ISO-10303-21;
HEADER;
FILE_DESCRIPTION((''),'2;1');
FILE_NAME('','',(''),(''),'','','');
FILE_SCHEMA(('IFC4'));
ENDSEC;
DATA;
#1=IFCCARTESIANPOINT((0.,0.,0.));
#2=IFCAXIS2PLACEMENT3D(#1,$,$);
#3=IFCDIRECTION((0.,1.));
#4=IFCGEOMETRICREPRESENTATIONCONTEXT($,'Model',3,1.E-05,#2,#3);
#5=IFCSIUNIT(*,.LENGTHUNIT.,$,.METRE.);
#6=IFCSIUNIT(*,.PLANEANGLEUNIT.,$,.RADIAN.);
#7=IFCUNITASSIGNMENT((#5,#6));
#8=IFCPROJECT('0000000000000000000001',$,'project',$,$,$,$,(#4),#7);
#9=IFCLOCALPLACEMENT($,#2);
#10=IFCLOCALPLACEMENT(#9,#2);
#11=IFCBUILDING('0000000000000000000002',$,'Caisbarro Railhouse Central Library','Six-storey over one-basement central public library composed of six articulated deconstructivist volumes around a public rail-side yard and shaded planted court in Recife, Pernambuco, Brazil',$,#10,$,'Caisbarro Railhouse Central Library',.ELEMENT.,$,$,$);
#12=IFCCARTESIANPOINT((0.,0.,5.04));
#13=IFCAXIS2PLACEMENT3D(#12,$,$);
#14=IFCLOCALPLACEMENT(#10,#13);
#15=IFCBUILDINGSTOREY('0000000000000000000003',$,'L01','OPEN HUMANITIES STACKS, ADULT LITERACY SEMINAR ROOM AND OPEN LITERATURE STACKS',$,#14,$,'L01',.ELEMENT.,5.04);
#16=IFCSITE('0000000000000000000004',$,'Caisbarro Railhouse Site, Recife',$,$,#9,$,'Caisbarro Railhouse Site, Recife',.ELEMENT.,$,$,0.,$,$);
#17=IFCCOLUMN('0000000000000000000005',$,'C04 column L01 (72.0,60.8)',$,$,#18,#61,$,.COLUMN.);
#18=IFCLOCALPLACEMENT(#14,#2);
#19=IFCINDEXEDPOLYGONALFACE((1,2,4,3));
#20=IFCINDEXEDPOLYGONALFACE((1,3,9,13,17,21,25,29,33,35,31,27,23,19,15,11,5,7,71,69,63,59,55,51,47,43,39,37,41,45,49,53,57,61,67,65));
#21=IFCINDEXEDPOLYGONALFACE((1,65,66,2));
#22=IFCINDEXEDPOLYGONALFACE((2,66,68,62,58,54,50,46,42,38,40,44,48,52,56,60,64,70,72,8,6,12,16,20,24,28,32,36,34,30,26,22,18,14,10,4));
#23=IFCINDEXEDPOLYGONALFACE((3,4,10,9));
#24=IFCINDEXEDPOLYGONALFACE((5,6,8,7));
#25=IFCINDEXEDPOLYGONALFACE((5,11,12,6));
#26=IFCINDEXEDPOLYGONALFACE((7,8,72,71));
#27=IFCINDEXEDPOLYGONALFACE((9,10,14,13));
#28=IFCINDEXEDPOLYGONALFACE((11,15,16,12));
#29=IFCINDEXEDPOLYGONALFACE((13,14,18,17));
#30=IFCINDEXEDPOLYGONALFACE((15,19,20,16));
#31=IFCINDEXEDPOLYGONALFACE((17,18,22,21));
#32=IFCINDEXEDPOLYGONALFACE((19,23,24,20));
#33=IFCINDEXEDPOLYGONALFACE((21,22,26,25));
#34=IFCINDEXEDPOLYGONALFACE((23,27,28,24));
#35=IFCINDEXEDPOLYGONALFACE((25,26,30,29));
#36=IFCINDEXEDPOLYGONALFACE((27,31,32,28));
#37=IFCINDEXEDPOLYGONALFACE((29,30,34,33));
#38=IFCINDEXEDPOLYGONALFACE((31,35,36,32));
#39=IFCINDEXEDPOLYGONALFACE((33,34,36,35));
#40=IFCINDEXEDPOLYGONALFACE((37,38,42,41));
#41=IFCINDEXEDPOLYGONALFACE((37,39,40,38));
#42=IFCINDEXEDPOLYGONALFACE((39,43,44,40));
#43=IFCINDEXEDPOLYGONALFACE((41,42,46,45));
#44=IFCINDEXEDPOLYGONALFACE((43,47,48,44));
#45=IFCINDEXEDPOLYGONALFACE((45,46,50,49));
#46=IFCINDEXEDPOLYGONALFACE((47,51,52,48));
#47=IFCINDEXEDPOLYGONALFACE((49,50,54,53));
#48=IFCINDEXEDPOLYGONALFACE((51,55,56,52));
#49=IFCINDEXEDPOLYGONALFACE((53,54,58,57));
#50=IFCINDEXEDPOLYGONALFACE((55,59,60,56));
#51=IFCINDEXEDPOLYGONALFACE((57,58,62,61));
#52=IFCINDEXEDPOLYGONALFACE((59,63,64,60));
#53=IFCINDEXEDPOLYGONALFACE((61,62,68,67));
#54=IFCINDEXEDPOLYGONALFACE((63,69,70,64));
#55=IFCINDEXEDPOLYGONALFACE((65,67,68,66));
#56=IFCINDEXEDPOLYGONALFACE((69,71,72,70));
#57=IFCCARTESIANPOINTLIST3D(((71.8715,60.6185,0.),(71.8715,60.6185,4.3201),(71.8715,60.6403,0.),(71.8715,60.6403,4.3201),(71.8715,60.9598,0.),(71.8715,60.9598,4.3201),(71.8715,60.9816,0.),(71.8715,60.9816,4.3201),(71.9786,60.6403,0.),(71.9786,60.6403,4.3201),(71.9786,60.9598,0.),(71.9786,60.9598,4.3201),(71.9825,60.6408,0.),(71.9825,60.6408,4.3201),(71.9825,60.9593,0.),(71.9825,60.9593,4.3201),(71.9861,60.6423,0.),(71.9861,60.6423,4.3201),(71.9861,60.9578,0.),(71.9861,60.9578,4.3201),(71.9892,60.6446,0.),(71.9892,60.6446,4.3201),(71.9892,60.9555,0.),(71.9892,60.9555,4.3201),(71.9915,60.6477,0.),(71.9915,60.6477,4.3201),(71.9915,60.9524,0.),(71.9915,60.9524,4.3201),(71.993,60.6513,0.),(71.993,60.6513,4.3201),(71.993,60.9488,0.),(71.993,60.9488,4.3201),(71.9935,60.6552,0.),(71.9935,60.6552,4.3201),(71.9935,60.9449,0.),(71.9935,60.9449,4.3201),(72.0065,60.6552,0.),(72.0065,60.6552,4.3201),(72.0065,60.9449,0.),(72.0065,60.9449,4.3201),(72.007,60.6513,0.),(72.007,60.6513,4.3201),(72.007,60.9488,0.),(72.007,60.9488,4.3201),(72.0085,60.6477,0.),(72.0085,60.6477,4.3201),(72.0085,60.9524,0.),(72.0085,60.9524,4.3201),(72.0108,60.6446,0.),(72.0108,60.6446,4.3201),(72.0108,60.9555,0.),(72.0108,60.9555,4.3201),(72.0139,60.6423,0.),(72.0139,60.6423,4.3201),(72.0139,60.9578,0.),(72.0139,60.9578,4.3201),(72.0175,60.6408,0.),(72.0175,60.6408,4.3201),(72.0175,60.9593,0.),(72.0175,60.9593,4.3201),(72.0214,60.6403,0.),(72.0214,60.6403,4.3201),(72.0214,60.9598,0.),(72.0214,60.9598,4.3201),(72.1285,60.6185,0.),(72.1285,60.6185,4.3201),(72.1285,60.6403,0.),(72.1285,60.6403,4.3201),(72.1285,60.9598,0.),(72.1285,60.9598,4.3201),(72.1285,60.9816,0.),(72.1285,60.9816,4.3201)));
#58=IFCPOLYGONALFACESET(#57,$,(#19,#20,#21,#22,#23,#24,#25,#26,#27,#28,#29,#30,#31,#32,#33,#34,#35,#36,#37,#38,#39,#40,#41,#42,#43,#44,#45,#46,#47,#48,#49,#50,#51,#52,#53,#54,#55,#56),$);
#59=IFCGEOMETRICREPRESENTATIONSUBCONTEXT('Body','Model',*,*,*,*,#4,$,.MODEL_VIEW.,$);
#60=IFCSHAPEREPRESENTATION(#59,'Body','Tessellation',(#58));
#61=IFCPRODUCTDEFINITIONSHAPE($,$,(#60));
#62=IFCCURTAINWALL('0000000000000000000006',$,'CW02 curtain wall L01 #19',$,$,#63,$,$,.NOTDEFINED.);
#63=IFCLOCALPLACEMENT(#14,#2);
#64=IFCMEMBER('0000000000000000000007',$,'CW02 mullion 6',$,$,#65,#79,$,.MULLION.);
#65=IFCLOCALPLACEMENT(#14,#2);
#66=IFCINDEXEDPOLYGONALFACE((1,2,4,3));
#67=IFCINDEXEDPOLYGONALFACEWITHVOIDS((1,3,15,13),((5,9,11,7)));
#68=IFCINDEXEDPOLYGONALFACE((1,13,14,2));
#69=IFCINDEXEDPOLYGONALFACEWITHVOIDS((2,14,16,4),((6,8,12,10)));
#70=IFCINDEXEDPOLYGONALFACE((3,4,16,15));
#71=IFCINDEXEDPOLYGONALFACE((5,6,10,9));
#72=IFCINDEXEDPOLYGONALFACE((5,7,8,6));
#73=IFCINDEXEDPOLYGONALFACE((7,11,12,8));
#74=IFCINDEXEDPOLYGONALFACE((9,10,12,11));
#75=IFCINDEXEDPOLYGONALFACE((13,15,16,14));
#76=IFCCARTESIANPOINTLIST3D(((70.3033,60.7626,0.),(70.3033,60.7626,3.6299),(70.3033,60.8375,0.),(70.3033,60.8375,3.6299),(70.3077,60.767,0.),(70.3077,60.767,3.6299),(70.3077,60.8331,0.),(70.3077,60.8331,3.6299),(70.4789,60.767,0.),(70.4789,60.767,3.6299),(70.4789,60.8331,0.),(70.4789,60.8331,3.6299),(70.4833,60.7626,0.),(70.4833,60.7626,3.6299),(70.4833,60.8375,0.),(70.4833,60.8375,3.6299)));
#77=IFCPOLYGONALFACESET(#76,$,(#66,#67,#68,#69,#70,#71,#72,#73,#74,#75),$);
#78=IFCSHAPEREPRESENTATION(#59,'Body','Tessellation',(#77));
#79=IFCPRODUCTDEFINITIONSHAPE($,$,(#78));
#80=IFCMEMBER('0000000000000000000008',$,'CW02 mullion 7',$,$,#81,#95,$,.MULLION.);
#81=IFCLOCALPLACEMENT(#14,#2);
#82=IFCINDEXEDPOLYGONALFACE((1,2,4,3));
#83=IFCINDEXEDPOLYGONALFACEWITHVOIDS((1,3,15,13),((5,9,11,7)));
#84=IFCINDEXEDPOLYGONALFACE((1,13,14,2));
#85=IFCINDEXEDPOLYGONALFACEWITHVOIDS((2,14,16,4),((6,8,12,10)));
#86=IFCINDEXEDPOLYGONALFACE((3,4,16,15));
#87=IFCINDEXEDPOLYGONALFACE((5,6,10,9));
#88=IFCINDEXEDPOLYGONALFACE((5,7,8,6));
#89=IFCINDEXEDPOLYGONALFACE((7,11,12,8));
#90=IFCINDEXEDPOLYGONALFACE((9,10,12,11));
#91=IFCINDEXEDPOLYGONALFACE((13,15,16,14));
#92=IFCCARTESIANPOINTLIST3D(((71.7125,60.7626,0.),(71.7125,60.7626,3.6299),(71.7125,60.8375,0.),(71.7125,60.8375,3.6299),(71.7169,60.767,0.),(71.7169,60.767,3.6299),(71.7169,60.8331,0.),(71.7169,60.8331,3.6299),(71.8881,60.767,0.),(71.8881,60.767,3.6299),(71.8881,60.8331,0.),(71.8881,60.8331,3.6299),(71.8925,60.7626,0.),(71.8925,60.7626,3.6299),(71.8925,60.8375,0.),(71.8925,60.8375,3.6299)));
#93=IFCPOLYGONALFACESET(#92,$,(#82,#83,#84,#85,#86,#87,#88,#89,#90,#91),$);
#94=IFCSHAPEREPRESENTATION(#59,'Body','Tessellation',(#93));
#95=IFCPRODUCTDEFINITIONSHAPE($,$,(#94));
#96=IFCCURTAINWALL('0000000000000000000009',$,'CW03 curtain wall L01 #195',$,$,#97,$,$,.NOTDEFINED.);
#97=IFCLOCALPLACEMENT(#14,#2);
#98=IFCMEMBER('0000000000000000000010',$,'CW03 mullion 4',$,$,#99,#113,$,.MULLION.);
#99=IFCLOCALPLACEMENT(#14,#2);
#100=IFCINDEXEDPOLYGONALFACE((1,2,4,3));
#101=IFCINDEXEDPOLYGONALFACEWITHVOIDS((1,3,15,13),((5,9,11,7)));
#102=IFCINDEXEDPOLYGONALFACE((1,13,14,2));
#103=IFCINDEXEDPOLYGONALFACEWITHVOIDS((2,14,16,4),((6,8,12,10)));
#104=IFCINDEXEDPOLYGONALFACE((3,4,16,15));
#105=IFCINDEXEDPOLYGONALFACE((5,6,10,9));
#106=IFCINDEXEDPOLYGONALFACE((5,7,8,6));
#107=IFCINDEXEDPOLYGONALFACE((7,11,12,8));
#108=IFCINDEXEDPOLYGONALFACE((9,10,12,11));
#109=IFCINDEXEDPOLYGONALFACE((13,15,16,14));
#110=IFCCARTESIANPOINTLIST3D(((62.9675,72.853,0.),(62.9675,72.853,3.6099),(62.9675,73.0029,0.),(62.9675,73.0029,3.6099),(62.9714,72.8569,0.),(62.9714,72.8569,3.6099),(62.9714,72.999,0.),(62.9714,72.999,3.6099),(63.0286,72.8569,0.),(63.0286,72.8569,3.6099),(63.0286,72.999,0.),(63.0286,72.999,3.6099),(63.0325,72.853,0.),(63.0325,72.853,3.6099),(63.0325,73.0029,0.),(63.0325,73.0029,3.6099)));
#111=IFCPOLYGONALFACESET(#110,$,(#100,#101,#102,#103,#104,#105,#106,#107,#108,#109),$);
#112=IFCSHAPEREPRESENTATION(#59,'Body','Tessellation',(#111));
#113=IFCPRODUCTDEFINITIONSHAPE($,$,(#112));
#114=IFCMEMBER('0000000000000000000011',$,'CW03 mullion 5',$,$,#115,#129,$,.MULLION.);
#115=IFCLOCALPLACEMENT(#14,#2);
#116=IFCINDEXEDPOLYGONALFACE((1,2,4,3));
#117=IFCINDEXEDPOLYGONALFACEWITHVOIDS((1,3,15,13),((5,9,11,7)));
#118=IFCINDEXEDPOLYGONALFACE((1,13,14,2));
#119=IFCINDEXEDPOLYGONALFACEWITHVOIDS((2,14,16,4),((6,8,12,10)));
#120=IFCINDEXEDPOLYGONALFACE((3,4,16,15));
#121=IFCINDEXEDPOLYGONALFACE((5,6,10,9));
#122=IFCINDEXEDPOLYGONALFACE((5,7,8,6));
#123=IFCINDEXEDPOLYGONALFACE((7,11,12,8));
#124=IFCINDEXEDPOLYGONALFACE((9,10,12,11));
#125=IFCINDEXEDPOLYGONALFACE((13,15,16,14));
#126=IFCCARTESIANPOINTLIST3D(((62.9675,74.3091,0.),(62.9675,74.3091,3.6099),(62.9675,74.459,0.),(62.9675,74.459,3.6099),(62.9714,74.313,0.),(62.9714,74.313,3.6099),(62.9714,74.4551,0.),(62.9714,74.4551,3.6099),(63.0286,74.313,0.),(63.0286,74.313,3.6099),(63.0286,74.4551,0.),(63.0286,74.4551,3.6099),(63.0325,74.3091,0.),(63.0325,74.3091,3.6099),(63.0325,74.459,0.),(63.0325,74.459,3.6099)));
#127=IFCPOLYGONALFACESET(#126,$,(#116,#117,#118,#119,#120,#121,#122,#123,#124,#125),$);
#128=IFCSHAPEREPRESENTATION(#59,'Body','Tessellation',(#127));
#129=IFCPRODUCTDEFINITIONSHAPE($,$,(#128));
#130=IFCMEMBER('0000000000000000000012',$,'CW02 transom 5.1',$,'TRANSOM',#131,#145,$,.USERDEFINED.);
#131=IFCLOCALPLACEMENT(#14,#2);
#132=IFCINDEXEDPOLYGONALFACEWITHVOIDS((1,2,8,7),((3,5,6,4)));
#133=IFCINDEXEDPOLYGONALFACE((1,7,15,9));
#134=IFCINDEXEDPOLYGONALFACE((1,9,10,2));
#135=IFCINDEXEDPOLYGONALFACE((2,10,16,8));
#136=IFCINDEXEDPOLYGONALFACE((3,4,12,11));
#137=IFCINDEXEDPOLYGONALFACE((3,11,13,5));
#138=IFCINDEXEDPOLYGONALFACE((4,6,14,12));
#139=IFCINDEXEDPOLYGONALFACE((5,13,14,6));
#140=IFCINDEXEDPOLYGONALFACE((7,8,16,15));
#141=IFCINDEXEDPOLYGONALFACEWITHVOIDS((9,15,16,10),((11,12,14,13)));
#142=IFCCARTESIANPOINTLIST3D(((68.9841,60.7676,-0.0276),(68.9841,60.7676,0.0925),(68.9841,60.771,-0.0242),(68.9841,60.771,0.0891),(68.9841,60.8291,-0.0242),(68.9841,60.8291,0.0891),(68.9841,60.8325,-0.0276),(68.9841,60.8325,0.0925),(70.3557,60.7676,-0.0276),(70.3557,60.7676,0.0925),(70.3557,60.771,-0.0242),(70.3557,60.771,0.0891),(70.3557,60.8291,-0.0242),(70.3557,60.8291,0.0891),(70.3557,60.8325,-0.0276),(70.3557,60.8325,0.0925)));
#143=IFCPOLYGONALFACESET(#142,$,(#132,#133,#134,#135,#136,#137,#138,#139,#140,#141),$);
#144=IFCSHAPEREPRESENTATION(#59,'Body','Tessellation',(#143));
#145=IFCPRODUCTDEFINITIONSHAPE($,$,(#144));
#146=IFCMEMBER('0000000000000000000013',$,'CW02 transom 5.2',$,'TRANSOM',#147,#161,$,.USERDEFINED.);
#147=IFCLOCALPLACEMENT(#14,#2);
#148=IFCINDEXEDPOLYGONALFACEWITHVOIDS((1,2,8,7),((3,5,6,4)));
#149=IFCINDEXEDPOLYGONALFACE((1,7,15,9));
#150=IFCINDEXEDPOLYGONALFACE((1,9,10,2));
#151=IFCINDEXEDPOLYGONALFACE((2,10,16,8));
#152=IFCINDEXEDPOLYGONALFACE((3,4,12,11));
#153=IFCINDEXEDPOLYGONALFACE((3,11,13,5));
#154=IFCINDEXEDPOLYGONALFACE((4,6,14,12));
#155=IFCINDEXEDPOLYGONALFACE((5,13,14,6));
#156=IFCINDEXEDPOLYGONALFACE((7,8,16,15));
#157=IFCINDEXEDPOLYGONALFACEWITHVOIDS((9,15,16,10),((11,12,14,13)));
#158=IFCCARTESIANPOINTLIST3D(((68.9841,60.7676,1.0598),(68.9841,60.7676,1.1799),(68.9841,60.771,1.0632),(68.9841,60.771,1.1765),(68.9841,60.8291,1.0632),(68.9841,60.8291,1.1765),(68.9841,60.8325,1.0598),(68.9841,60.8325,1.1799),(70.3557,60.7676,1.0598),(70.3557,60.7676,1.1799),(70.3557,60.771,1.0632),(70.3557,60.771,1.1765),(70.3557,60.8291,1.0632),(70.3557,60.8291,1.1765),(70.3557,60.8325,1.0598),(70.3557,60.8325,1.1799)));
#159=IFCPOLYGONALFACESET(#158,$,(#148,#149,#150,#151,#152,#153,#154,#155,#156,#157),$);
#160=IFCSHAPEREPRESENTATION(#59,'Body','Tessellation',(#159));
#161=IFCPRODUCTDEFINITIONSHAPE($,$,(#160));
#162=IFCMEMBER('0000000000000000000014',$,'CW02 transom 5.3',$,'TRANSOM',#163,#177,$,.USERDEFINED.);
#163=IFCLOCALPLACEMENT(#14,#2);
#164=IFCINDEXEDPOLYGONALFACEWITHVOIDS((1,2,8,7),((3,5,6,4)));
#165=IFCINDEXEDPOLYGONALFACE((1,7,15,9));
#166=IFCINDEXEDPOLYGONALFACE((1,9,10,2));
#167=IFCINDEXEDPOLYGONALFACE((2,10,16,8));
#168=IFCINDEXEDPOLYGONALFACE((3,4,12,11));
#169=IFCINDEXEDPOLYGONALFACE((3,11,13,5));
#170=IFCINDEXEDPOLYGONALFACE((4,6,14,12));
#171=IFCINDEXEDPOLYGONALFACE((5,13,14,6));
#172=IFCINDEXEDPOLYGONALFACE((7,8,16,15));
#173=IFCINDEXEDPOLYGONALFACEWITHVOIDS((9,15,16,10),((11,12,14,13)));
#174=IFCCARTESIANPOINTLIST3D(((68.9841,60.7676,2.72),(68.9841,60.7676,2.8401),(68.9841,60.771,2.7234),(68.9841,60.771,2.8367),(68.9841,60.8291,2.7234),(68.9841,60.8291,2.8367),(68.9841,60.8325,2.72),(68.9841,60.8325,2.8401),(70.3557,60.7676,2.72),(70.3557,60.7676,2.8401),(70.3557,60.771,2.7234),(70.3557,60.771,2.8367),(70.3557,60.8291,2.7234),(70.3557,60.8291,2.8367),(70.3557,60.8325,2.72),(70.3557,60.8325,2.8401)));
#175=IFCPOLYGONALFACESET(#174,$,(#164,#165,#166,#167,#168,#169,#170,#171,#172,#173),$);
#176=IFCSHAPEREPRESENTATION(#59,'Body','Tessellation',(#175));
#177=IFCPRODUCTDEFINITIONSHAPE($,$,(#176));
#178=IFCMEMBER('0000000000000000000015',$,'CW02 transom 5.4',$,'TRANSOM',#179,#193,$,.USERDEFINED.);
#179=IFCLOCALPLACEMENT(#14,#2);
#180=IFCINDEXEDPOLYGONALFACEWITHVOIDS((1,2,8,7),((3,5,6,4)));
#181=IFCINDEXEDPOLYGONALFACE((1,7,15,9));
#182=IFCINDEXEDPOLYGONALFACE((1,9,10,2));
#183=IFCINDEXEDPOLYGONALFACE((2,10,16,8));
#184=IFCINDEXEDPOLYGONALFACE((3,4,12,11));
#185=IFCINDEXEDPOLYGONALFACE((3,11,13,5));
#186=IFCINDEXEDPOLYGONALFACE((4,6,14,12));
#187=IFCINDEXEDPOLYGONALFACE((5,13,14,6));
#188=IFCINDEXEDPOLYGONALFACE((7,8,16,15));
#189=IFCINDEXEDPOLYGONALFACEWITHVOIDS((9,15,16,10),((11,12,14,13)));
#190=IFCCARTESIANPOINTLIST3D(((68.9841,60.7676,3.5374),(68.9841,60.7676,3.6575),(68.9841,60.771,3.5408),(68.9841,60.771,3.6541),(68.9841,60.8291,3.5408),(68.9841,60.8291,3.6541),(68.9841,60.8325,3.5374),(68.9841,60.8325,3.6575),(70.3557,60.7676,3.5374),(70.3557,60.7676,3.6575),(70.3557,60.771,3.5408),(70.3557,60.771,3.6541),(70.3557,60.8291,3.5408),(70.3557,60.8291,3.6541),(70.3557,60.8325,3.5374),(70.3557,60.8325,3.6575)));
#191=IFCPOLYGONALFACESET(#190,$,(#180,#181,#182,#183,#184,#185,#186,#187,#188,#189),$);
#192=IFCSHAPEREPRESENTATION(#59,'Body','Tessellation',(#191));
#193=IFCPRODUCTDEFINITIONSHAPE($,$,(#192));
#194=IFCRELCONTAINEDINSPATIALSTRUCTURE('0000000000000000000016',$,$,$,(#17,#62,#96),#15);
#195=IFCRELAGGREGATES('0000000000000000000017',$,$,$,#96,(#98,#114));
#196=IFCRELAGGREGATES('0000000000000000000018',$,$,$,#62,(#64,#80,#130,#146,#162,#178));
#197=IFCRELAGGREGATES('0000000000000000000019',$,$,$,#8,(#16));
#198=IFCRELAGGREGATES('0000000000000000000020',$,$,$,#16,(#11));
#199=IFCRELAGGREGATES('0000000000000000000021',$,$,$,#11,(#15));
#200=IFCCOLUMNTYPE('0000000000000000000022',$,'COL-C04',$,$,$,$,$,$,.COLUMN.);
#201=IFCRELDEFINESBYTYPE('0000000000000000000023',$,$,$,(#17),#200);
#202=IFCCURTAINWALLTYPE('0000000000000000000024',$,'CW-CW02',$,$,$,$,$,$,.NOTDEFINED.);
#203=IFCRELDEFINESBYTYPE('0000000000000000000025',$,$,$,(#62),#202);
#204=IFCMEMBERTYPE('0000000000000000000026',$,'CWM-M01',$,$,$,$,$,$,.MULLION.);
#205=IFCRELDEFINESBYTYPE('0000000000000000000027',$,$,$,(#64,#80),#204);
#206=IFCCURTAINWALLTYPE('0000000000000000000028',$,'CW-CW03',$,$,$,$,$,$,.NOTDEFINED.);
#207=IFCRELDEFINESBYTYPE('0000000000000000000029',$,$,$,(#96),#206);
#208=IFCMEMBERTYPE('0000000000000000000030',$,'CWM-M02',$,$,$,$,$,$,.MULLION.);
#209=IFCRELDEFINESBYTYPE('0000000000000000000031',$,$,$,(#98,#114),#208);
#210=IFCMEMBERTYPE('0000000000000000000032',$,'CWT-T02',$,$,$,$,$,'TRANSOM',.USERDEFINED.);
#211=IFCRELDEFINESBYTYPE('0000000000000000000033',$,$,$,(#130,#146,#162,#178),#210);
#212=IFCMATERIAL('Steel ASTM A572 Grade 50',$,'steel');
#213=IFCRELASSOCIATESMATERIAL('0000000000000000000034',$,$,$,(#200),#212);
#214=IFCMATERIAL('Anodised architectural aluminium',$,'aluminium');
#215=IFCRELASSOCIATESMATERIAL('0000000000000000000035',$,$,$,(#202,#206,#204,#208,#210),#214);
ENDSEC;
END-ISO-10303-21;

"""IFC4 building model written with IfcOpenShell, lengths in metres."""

from ifc_helpers import new_model, si_unit, direction, frame, origin, origin_2d, place, context, subcontext, project, spatial, hollow_rectangle, i_section, extrude, material, material_profile, profile_set, type_object, element, aggregate, save


model = new_model("IFC4")

# Units and contexts
model_context = context("Model", 3, precision=1e-05, world=origin(), true_north=direction((0.0, 1.0)))
body_context = subcontext(model_context, "Body", "Model", "MODEL_VIEW")
ifc_project = project(units=[si_unit("LENGTHUNIT", "METRE"), si_unit("PLANEANGLEUNIT", "RADIAN")], contexts=[model_context])

# Site, building, storey
site_placement = place(None, origin())
site = spatial("IfcSite", under=ifc_project, at=site_placement, Name="Caisbarro Railhouse Site, Recife", LongName="Caisbarro Railhouse Site, Recife", CompositionType="ELEMENT", RefElevation=0.0)
building_placement = place(site_placement, origin())
building = spatial("IfcBuilding", under=site, at=building_placement, Name="Caisbarro Railhouse Central Library", Description="Six-storey over one-basement central public library composed of six articulated deconstructivist volumes around a public rail-side yard and shaded planted court in Recife, Pernambuco, Brazil", LongName="Caisbarro Railhouse Central Library", CompositionType="ELEMENT")
storey_placement = place(building_placement, frame((0.0, 0.0, 5.04)))
storey = spatial("IfcBuildingStorey", under=building, at=storey_placement, Name="L01", Description="OPEN HUMANITIES STACKS, ADULT LITERACY SEMINAR ROOM AND OPEN LITERATURE STACKS", LongName="L01", CompositionType="ELEMENT", Elevation=5.04)

# Column
ifc_material_1 = material(Name="Steel ASTM A572 Grade 50", Category="steel")
ifc_material_profile_1 = material_profile(ifc_material_1, i_section(OverallWidth=0.2571, OverallDepth=0.363, WebThickness=0.0129, FlangeThickness=0.0217, FilletRadius=0.0149, at=origin_2d()), Name="W360X122.0")
ifc_profile_set_1 = profile_set([ifc_material_profile_1], Name="Steel ASTM A572 Grade 50")
column_type = type_object("IfcColumnType", Name="COL-C04", PredefinedType="COLUMN", material=ifc_profile_set_1)
column_placement = place(storey_placement, frame((72.0, 60.8, 0.0), z_axis=(0.0, 0.0, 1.0), x_axis=(1.0, 0.0, 0.0)))
element("IfcColumn", 1, at=column_placement, inside=storey, type_object=column_type, Name="C04 column L01 (72.0,60.8)", PredefinedType="COLUMN", context=body_context, shape_type="SweptSolid", body=[
    extrude(i_section(OverallWidth=0.2571, OverallDepth=0.363, WebThickness=0.0129, FlangeThickness=0.0217, FilletRadius=0.0149, at=origin_2d()), origin(), (0.0, 0.0, 1.0), 4.3201),
])

# Curtain walls, members
ifc_material_2 = material(Name="Anodised architectural aluminium", Category="aluminium")
curtain_wall_type_1 = type_object("IfcCurtainWallType", Name="CW-CW02", PredefinedType="NOTDEFINED", material=ifc_material_2)
curtain_wall_1_placement = place(storey_placement, origin())
curtain_wall_1 = element("IfcCurtainWall", 2, at=curtain_wall_1_placement, inside=storey, type_object=curtain_wall_type_1, Name="CW02 curtain wall L01 #19", PredefinedType="NOTDEFINED")
ifc_material_profile_2 = material_profile(ifc_material_2, hollow_rectangle(XDim=0.075, YDim=0.1799, WallThickness=0.0044, at=origin_2d()), Name="ALU-MUL-75X180")
ifc_profile_set_2 = profile_set([ifc_material_profile_2], Name="Anodised architectural aluminium")
member_type_1 = type_object("IfcMemberType", Name="CWM-M01", PredefinedType="MULLION", material=ifc_profile_set_2)
member_1_placement = place(storey_placement, frame((70.3933, 60.8, 0.0), z_axis=(0.0, 0.0, 1.0), x_axis=(0.0, 1.0, 0.0)))
member_1 = element("IfcMember", 3, at=member_1_placement, type_object=member_type_1, Name="CW02 mullion 6", PredefinedType="MULLION", context=body_context, shape_type="SweptSolid", body=[
    extrude(hollow_rectangle(XDim=0.075, YDim=0.1799, WallThickness=0.0044, at=origin_2d()), origin(), (0.0, 0.0, 1.0), 3.6299),
])
member_2_placement = place(storey_placement, frame((71.8025, 60.8, 0.0), z_axis=(0.0, 0.0, 1.0), x_axis=(0.0, 1.0, 0.0)))
member_2 = element("IfcMember", 4, at=member_2_placement, type_object=member_type_1, Name="CW02 mullion 7", PredefinedType="MULLION", context=body_context, shape_type="SweptSolid", body=[
    extrude(hollow_rectangle(XDim=0.075, YDim=0.1799, WallThickness=0.0044, at=origin_2d()), origin(), (0.0, 0.0, 1.0), 3.6299),
])
curtain_wall_type_2 = type_object("IfcCurtainWallType", Name="CW-CW03", PredefinedType="NOTDEFINED", material=ifc_material_2)
curtain_wall_2_placement = place(storey_placement, origin())
curtain_wall_2 = element("IfcCurtainWall", 5, at=curtain_wall_2_placement, inside=storey, type_object=curtain_wall_type_2, Name="CW03 curtain wall L01 #195", PredefinedType="NOTDEFINED")
ifc_material_profile_3 = material_profile(ifc_material_2, hollow_rectangle(XDim=0.0649, YDim=0.1499, WallThickness=0.0039, at=origin_2d()), Name="ALU-MUL-65X150")
ifc_profile_set_3 = profile_set([ifc_material_profile_3], Name="Anodised architectural aluminium")
member_type_2 = type_object("IfcMemberType", Name="CWM-M02", PredefinedType="MULLION", material=ifc_profile_set_3)
member_3_placement = place(storey_placement, frame((63.0, 72.928, 0.0), z_axis=(0.0, 0.0, 1.0), x_axis=(-1.0, 0.0, 0.0)))
member_3 = element("IfcMember", 6, at=member_3_placement, type_object=member_type_2, Name="CW03 mullion 4", PredefinedType="MULLION", context=body_context, shape_type="SweptSolid", body=[
    extrude(hollow_rectangle(XDim=0.0649, YDim=0.1499, WallThickness=0.0039, at=origin_2d()), origin(), (0.0, 0.0, 1.0), 3.6099),
])
member_4_placement = place(storey_placement, frame((63.0, 74.384, 0.0), z_axis=(0.0, 0.0, 1.0), x_axis=(-1.0, 0.0, 0.0)))
member_4 = element("IfcMember", 7, at=member_4_placement, type_object=member_type_2, Name="CW03 mullion 5", PredefinedType="MULLION", context=body_context, shape_type="SweptSolid", body=[
    extrude(hollow_rectangle(XDim=0.0649, YDim=0.1499, WallThickness=0.0039, at=origin_2d()), origin(), (0.0, 0.0, 1.0), 3.6099),
])

# Members
ifc_material_profile_4 = material_profile(ifc_material_2, hollow_rectangle(XDim=0.0649, YDim=0.1201, WallThickness=0.0034, at=origin_2d()), Name="ALU-TRN-65X120")
ifc_profile_set_4 = profile_set([ifc_material_profile_4], Name="Anodised architectural aluminium")
member_type_3 = type_object("IfcMemberType", Name="CWT-T02", ElementType="TRANSOM", PredefinedType="USERDEFINED", material=ifc_profile_set_4)
member_5_placement = place(storey_placement, frame((68.9841, 60.8, 0.0325), z_axis=(1.0, 0.0, 0.0), x_axis=(0.0, 1.0, 0.0)))
member_5 = element("IfcMember", 8, at=member_5_placement, type_object=member_type_3, Name="CW02 transom 5.1", ObjectType="TRANSOM", PredefinedType="USERDEFINED", context=body_context, shape_type="SweptSolid", body=[
    extrude(hollow_rectangle(XDim=0.0649, YDim=0.1201, WallThickness=0.0034, at=origin_2d()), origin(), (0.0, 0.0, 1.0), 1.3716),
])
member_6_placement = place(storey_placement, frame((68.9841, 60.8, 1.1199), z_axis=(1.0, 0.0, 0.0), x_axis=(0.0, 1.0, 0.0)))
member_6 = element("IfcMember", 9, at=member_6_placement, type_object=member_type_3, Name="CW02 transom 5.2", ObjectType="TRANSOM", PredefinedType="USERDEFINED", context=body_context, shape_type="SweptSolid", body=[
    extrude(hollow_rectangle(XDim=0.0649, YDim=0.1201, WallThickness=0.0034, at=origin_2d()), origin(), (0.0, 0.0, 1.0), 1.3716),
])
member_7_placement = place(storey_placement, frame((68.9841, 60.8, 2.78), z_axis=(1.0, 0.0, 0.0), x_axis=(0.0, 1.0, 0.0)))
member_7 = element("IfcMember", 10, at=member_7_placement, type_object=member_type_3, Name="CW02 transom 5.3", ObjectType="TRANSOM", PredefinedType="USERDEFINED", context=body_context, shape_type="SweptSolid", body=[
    extrude(hollow_rectangle(XDim=0.0649, YDim=0.1201, WallThickness=0.0034, at=origin_2d()), origin(), (0.0, 0.0, 1.0), 1.3716),
])
member_8_placement = place(storey_placement, frame((68.9841, 60.8, 3.5974), z_axis=(1.0, 0.0, 0.0), x_axis=(0.0, 1.0, 0.0)))
member_8 = element("IfcMember", 11, at=member_8_placement, type_object=member_type_3, Name="CW02 transom 5.4", ObjectType="TRANSOM", PredefinedType="USERDEFINED", context=body_context, shape_type="SweptSolid", body=[
    extrude(hollow_rectangle(XDim=0.0649, YDim=0.1201, WallThickness=0.0034, at=origin_2d()), origin(), (0.0, 0.0, 1.0), 1.3716),
])

aggregate(curtain_wall_2, [member_3, member_4])
aggregate(curtain_wall_1, [member_1, member_2, member_5, member_6, member_7, member_8])

save(model, "model.ifc")
